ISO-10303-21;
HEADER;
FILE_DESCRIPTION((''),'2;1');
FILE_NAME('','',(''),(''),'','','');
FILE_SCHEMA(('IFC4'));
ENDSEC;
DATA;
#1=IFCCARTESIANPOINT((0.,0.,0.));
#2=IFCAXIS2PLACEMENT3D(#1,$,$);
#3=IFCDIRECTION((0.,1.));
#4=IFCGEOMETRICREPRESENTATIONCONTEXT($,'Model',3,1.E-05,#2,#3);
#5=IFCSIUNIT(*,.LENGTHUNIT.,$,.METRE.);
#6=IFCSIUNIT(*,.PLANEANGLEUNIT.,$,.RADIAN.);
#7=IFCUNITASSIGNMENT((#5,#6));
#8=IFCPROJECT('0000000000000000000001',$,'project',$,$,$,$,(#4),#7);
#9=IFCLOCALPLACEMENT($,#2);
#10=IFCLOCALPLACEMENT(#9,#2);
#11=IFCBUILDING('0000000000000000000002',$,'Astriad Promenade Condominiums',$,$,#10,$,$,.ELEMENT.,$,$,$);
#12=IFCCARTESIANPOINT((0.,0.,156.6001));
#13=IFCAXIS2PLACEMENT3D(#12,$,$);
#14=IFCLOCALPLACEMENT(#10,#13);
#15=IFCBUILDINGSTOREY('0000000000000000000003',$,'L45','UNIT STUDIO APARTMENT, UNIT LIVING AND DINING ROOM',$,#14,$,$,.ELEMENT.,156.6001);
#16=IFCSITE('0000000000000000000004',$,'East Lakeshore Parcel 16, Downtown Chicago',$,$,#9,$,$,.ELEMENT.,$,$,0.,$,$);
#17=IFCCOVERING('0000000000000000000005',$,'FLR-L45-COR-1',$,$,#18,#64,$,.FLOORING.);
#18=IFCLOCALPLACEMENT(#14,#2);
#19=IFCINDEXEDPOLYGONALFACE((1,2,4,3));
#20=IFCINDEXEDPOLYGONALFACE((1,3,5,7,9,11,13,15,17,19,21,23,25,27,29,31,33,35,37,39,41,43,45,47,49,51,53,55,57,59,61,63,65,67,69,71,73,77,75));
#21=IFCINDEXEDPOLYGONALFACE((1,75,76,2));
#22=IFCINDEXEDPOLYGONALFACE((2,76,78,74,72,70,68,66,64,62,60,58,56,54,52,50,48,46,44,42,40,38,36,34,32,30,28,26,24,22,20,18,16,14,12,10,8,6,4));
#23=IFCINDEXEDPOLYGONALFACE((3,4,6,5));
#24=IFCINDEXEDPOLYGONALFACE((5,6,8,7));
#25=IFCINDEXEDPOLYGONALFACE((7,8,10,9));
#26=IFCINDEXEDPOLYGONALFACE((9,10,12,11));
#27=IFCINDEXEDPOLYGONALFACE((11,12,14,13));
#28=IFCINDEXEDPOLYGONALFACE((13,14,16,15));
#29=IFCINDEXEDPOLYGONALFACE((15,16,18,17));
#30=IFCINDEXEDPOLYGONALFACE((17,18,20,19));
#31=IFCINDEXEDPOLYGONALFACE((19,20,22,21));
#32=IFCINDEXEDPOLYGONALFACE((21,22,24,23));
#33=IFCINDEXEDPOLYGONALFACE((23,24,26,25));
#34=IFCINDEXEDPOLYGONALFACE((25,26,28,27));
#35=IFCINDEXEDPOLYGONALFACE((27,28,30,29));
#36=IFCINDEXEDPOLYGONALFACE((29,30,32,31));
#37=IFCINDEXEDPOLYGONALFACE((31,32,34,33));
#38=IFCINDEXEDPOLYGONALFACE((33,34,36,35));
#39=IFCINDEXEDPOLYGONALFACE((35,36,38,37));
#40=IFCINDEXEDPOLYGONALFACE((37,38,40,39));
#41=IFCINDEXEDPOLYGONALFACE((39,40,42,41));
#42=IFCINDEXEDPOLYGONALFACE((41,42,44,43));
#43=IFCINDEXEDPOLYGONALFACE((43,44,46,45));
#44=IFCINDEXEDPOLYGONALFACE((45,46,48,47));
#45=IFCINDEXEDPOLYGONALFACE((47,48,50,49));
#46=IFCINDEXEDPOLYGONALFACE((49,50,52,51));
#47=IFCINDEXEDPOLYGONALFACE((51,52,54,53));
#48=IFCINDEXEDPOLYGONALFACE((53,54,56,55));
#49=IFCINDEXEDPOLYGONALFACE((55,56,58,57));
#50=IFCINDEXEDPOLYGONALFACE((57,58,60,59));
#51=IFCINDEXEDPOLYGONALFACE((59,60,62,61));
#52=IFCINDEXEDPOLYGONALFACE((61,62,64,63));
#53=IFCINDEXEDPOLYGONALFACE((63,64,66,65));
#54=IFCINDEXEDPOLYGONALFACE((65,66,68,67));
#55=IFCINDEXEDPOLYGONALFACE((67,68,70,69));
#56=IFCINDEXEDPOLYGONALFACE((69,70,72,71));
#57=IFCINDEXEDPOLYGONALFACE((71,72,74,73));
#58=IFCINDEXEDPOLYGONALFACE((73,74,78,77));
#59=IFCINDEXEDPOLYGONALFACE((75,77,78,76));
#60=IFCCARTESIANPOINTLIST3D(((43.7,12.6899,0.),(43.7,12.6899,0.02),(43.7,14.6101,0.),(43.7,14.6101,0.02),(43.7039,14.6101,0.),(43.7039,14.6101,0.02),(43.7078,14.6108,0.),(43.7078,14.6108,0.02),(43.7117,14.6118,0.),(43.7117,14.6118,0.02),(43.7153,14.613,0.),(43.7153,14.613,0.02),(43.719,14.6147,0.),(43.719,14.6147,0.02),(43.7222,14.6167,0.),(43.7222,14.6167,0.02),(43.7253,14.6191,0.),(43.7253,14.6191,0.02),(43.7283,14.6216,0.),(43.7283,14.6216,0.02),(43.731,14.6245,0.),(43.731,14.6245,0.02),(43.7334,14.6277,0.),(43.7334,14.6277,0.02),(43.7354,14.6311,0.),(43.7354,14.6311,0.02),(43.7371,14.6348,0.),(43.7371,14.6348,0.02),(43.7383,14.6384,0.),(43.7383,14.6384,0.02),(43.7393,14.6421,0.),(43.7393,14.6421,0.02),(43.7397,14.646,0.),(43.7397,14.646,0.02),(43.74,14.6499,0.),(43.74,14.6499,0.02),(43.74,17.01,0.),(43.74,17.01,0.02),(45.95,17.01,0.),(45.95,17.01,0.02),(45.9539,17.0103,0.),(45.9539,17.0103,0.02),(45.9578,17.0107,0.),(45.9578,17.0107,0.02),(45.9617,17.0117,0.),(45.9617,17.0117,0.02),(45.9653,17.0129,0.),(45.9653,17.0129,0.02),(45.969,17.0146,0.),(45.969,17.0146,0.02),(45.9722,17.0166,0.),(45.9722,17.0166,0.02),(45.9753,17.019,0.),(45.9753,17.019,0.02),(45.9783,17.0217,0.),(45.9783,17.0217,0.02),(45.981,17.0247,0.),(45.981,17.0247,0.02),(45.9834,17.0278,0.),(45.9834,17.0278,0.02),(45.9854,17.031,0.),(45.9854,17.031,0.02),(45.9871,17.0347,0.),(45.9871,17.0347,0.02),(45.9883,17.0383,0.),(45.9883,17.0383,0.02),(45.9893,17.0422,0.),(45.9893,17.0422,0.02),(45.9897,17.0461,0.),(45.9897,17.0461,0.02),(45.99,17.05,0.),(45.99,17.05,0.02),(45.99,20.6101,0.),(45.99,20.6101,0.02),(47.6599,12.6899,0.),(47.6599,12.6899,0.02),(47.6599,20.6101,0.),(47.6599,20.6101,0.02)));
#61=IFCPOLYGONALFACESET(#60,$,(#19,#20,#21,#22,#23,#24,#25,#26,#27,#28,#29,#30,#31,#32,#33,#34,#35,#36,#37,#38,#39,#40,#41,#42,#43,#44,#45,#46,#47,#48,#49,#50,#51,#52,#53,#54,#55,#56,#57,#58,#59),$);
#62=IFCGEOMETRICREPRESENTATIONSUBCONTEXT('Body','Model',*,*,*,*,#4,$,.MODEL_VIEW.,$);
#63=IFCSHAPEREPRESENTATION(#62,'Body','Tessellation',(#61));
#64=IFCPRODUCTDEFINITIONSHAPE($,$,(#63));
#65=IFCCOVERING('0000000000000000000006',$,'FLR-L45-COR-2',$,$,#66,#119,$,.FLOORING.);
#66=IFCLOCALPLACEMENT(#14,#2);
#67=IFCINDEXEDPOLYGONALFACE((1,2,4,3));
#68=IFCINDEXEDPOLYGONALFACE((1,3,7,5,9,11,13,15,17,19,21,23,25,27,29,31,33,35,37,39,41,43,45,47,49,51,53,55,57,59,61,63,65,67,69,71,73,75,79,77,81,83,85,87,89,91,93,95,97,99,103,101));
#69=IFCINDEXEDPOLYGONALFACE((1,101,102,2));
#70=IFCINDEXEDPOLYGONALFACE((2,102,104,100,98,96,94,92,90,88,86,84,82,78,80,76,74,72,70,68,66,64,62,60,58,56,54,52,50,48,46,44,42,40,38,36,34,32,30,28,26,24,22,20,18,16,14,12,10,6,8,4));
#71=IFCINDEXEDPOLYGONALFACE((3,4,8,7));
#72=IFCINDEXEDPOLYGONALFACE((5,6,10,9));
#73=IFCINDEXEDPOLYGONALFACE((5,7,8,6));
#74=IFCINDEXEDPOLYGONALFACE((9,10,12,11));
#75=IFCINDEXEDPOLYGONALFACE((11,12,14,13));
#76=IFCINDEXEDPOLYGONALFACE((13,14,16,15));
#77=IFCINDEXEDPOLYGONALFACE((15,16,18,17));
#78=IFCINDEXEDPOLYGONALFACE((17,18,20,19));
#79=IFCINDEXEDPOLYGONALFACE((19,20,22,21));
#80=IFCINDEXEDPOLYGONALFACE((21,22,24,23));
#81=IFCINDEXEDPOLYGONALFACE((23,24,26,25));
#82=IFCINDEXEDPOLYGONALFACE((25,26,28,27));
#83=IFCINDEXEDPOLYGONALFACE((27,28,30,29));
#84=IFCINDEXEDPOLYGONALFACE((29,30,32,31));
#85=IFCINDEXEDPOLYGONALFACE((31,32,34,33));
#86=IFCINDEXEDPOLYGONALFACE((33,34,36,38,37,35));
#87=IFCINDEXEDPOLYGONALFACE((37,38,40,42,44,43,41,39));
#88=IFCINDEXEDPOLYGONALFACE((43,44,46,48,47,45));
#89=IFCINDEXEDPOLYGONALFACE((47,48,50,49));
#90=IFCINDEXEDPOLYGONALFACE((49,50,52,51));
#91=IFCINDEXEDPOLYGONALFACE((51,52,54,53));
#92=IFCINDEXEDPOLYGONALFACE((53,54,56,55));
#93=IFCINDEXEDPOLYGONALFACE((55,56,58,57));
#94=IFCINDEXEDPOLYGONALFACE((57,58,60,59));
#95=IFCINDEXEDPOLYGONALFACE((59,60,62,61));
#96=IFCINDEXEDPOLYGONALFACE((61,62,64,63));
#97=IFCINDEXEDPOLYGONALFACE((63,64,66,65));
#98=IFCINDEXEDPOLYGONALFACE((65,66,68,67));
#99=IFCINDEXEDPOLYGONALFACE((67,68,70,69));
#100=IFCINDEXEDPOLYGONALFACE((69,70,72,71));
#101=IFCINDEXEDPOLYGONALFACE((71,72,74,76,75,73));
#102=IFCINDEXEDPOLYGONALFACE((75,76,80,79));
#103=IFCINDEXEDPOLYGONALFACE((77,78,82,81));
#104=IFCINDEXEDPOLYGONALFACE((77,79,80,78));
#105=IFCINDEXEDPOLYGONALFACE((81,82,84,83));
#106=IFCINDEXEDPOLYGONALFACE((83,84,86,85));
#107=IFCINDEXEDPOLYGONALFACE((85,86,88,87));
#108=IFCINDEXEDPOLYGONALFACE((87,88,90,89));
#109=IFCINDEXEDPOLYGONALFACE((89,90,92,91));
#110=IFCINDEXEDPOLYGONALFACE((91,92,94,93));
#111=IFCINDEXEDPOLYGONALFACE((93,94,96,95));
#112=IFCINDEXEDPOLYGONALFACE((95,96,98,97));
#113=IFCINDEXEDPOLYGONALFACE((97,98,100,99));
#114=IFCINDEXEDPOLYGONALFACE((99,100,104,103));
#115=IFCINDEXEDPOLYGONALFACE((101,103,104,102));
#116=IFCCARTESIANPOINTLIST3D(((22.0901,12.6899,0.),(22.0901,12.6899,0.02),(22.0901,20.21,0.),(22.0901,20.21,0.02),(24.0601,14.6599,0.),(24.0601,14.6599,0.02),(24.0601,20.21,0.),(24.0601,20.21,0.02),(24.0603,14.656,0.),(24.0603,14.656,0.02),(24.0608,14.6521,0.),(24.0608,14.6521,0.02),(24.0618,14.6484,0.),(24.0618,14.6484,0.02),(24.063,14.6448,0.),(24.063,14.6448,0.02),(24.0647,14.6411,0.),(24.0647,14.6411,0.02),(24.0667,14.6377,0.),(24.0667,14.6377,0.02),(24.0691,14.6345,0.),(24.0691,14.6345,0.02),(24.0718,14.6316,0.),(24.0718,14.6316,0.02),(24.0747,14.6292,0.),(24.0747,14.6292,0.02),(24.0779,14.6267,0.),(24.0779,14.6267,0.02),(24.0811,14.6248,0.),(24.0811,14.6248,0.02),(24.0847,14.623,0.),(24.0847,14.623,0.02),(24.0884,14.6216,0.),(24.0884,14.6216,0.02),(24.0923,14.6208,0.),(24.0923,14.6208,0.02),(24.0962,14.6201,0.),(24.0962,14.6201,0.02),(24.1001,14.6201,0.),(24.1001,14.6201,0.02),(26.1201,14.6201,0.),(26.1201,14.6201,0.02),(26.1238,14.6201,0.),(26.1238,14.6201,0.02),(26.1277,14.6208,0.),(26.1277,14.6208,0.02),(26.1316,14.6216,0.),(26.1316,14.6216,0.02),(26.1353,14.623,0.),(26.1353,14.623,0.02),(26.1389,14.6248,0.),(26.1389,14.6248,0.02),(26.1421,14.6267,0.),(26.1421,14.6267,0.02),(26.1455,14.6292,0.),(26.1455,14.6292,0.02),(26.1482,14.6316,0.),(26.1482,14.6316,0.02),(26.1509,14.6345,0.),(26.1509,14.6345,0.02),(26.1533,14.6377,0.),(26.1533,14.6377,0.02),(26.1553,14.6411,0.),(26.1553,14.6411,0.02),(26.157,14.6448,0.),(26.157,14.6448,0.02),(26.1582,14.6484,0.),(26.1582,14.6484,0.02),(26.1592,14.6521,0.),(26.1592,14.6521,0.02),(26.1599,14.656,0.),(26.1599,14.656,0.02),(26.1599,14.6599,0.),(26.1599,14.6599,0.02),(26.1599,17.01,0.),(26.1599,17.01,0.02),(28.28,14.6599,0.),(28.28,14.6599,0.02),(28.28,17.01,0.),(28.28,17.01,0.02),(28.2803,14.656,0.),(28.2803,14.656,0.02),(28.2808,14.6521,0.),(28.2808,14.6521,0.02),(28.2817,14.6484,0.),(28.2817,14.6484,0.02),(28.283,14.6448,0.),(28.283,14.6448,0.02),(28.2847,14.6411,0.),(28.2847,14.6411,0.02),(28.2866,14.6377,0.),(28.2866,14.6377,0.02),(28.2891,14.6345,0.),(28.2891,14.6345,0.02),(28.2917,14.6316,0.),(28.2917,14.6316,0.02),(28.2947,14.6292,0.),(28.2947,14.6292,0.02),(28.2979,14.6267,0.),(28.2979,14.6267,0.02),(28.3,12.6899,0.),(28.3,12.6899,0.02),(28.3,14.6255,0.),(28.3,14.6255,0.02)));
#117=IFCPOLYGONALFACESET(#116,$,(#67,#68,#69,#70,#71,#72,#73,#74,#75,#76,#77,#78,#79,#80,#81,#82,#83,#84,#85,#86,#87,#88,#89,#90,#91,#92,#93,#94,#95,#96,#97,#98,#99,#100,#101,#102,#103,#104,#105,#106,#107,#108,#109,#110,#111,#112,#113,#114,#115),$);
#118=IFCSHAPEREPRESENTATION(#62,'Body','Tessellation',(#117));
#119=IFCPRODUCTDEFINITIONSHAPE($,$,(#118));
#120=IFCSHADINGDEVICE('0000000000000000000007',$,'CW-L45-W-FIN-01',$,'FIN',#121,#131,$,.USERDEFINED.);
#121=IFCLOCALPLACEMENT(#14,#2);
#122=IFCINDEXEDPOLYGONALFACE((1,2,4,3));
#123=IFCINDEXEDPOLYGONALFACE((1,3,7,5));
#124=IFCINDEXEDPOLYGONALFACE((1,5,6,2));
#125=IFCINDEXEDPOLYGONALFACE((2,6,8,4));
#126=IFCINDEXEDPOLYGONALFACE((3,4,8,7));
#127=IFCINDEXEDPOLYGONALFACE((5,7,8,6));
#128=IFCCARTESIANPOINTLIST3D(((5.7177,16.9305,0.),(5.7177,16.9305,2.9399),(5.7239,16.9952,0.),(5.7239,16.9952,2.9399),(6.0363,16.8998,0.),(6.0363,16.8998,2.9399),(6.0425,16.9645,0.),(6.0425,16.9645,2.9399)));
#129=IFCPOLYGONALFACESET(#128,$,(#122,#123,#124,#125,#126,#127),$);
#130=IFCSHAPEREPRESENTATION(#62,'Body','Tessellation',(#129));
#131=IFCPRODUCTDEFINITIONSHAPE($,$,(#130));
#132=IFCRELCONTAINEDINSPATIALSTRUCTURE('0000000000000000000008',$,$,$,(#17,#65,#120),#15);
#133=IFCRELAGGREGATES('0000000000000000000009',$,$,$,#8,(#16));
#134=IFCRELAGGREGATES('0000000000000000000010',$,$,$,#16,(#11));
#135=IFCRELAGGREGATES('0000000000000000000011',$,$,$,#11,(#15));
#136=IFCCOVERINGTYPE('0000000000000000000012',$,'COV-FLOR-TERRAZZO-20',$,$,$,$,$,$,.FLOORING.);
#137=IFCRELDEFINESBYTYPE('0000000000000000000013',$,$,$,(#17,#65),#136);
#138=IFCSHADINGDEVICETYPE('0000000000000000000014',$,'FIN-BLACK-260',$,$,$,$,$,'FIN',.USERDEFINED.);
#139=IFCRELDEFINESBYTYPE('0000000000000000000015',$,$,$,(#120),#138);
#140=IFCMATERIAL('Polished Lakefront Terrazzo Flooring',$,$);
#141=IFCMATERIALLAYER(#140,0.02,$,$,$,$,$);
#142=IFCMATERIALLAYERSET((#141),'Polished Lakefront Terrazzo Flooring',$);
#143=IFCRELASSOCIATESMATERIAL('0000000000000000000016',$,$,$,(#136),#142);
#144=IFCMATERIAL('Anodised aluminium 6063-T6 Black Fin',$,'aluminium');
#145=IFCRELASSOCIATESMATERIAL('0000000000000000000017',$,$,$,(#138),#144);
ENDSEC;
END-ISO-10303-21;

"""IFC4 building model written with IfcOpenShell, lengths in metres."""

from ifc_helpers import new_model, si_unit, direction, frame, origin, origin_2d, place, context, subcontext, project, spatial, polyline, rectangle, outline, extrude, source, transform, mapped, material, layer, layer_set, type_object, type_shapes, element, save


model = new_model("IFC4")

# Units and contexts
model_context = context("Model", 3, precision=1e-05, world=origin(), true_north=direction((0.0, 1.0)))
body_context = subcontext(model_context, "Body", "Model", "MODEL_VIEW")
ifc_project = project(units=[si_unit("LENGTHUNIT", "METRE"), si_unit("PLANEANGLEUNIT", "RADIAN")], contexts=[model_context])

# Site, building, storey
site_placement = place(None, origin())
site = spatial("IfcSite", under=ifc_project, at=site_placement, Name="East Lakeshore Parcel 16, Downtown Chicago", CompositionType="ELEMENT", RefElevation=0.0)
building_placement = place(site_placement, origin())
building = spatial("IfcBuilding", under=site, at=building_placement, Name="Astriad Promenade Condominiums", CompositionType="ELEMENT")
storey_placement = place(building_placement, frame((0.0, 0.0, 156.6001)))
storey = spatial("IfcBuildingStorey", under=building, at=storey_placement, Name="L45", Description="UNIT STUDIO APARTMENT, UNIT LIVING AND DINING ROOM", CompositionType="ELEMENT", Elevation=156.6001)

# Coverings
ifc_material_1 = material(Name="Polished Lakefront Terrazzo Flooring")
ifc_layer_1 = layer(ifc_material_1, 0.02)
ifc_layer_set_1 = layer_set([ifc_layer_1], Name="Polished Lakefront Terrazzo Flooring")
covering_type = type_object("IfcCoveringType", Name="COV-FLOR-TERRAZZO-20", PredefinedType="FLOORING", material=ifc_layer_set_1)
covering_1_placement = place(storey_placement, origin())
element("IfcCovering", 1, at=covering_1_placement, inside=storey, type_object=covering_type, Name="FLR-L45-COR-1", PredefinedType="FLOORING", context=body_context, shape_type="SweptSolid", body=[
    extrude(outline(polyline([(43.7, 12.6899), (43.7, 14.6101), (43.7039, 14.6101), (43.7078, 14.6108), (43.7117, 14.6118), (43.7153, 14.613), (43.719, 14.6147), (43.7222, 14.6167), (43.7253, 14.6191), (43.7283, 14.6216), (43.731, 14.6245), (43.7334, 14.6277), (43.7354, 14.6311), (43.7371, 14.6348), (43.7383, 14.6384), (43.7393, 14.6421), (43.7397, 14.646), (43.74, 14.6499), (43.74, 17.01), (45.95, 17.01), (45.9539, 17.0103), (45.9578, 17.0107), (45.9617, 17.0117), (45.9653, 17.0129), (45.969, 17.0146), (45.9722, 17.0166), (45.9753, 17.019), (45.9783, 17.0217), (45.981, 17.0247), (45.9834, 17.0278), (45.9854, 17.031), (45.9871, 17.0347), (45.9883, 17.0383), (45.9893, 17.0422), (45.9897, 17.0461), (45.99, 17.05), (45.99, 20.6101), (47.6599, 20.6101), (47.6599, 12.6899), (43.7, 12.6899)])), origin(), (0.0, 0.0, 1.0), 0.02),
])
covering_2_placement = place(storey_placement, origin())
element("IfcCovering", 2, at=covering_2_placement, inside=storey, type_object=covering_type, Name="FLR-L45-COR-2", PredefinedType="FLOORING", context=body_context, shape_type="SweptSolid", body=[
    extrude(outline(polyline([(28.3, 12.6899), (22.0901, 12.6899), (22.0901, 20.21), (24.0601, 20.21), (24.0601, 14.6599), (24.0603, 14.656), (24.0608, 14.6521), (24.0618, 14.6484), (24.063, 14.6448), (24.0647, 14.6411), (24.0667, 14.6377), (24.0691, 14.6345), (24.0718, 14.6316), (24.0747, 14.6292), (24.0779, 14.6267), (24.0811, 14.6248), (24.0847, 14.623), (24.0884, 14.6216), (24.0923, 14.6208), (24.0962, 14.6201), (24.1001, 14.6201), (26.1201, 14.6201), (26.1238, 14.6201), (26.1277, 14.6208), (26.1316, 14.6216), (26.1353, 14.623), (26.1389, 14.6248), (26.1421, 14.6267), (26.1455, 14.6292), (26.1482, 14.6316), (26.1509, 14.6345), (26.1533, 14.6377), (26.1553, 14.6411), (26.157, 14.6448), (26.1582, 14.6484), (26.1592, 14.6521), (26.1599, 14.656), (26.1599, 14.6599), (26.1599, 17.01), (28.28, 17.01), (28.28, 14.6599), (28.2803, 14.656), (28.2808, 14.6521), (28.2817, 14.6484), (28.283, 14.6448), (28.2847, 14.6411), (28.2866, 14.6377), (28.2891, 14.6345), (28.2917, 14.6316), (28.2947, 14.6292), (28.2979, 14.6267), (28.3, 14.6255), (28.3, 12.6899)])), origin(), (0.0, 0.0, 1.0), 0.02),
])

# Shading device
ifc_material_2 = material(Name="Anodised aluminium 6063-T6 Black Fin", Category="aluminium")
shading_device_type = type_object("IfcShadingDeviceType", Name="FIN-BLACK-260", ElementType="FIN", PredefinedType="USERDEFINED", material=ifc_material_2)
shared_shape_1 = source(origin(), body_context, "Body", "SweptSolid", [
    extrude(rectangle(XDim=0.0649, YDim=0.3201, at=origin_2d()), origin(), (0.0, 0.0, 1.0), 2.9399),
])
type_shapes(shading_device_type, [shared_shape_1])
shading_device_placement = place(storey_placement, frame((5.8801, 16.9475, 0.0), z_axis=(0.0, 0.0, 1.0), x_axis=(0.095846, 0.995396, 0.0)))
element("IfcShadingDevice", 3, at=shading_device_placement, inside=storey, type_object=shading_device_type, Name="CW-L45-W-FIN-01", ObjectType="FIN", PredefinedType="USERDEFINED", context=body_context, shape_type="MappedRepresentation", body=[
    mapped(shared_shape_1, transform((0.0, 0.0, 0.0), scale=1.0)),
])

save(model, "model.ifc")
